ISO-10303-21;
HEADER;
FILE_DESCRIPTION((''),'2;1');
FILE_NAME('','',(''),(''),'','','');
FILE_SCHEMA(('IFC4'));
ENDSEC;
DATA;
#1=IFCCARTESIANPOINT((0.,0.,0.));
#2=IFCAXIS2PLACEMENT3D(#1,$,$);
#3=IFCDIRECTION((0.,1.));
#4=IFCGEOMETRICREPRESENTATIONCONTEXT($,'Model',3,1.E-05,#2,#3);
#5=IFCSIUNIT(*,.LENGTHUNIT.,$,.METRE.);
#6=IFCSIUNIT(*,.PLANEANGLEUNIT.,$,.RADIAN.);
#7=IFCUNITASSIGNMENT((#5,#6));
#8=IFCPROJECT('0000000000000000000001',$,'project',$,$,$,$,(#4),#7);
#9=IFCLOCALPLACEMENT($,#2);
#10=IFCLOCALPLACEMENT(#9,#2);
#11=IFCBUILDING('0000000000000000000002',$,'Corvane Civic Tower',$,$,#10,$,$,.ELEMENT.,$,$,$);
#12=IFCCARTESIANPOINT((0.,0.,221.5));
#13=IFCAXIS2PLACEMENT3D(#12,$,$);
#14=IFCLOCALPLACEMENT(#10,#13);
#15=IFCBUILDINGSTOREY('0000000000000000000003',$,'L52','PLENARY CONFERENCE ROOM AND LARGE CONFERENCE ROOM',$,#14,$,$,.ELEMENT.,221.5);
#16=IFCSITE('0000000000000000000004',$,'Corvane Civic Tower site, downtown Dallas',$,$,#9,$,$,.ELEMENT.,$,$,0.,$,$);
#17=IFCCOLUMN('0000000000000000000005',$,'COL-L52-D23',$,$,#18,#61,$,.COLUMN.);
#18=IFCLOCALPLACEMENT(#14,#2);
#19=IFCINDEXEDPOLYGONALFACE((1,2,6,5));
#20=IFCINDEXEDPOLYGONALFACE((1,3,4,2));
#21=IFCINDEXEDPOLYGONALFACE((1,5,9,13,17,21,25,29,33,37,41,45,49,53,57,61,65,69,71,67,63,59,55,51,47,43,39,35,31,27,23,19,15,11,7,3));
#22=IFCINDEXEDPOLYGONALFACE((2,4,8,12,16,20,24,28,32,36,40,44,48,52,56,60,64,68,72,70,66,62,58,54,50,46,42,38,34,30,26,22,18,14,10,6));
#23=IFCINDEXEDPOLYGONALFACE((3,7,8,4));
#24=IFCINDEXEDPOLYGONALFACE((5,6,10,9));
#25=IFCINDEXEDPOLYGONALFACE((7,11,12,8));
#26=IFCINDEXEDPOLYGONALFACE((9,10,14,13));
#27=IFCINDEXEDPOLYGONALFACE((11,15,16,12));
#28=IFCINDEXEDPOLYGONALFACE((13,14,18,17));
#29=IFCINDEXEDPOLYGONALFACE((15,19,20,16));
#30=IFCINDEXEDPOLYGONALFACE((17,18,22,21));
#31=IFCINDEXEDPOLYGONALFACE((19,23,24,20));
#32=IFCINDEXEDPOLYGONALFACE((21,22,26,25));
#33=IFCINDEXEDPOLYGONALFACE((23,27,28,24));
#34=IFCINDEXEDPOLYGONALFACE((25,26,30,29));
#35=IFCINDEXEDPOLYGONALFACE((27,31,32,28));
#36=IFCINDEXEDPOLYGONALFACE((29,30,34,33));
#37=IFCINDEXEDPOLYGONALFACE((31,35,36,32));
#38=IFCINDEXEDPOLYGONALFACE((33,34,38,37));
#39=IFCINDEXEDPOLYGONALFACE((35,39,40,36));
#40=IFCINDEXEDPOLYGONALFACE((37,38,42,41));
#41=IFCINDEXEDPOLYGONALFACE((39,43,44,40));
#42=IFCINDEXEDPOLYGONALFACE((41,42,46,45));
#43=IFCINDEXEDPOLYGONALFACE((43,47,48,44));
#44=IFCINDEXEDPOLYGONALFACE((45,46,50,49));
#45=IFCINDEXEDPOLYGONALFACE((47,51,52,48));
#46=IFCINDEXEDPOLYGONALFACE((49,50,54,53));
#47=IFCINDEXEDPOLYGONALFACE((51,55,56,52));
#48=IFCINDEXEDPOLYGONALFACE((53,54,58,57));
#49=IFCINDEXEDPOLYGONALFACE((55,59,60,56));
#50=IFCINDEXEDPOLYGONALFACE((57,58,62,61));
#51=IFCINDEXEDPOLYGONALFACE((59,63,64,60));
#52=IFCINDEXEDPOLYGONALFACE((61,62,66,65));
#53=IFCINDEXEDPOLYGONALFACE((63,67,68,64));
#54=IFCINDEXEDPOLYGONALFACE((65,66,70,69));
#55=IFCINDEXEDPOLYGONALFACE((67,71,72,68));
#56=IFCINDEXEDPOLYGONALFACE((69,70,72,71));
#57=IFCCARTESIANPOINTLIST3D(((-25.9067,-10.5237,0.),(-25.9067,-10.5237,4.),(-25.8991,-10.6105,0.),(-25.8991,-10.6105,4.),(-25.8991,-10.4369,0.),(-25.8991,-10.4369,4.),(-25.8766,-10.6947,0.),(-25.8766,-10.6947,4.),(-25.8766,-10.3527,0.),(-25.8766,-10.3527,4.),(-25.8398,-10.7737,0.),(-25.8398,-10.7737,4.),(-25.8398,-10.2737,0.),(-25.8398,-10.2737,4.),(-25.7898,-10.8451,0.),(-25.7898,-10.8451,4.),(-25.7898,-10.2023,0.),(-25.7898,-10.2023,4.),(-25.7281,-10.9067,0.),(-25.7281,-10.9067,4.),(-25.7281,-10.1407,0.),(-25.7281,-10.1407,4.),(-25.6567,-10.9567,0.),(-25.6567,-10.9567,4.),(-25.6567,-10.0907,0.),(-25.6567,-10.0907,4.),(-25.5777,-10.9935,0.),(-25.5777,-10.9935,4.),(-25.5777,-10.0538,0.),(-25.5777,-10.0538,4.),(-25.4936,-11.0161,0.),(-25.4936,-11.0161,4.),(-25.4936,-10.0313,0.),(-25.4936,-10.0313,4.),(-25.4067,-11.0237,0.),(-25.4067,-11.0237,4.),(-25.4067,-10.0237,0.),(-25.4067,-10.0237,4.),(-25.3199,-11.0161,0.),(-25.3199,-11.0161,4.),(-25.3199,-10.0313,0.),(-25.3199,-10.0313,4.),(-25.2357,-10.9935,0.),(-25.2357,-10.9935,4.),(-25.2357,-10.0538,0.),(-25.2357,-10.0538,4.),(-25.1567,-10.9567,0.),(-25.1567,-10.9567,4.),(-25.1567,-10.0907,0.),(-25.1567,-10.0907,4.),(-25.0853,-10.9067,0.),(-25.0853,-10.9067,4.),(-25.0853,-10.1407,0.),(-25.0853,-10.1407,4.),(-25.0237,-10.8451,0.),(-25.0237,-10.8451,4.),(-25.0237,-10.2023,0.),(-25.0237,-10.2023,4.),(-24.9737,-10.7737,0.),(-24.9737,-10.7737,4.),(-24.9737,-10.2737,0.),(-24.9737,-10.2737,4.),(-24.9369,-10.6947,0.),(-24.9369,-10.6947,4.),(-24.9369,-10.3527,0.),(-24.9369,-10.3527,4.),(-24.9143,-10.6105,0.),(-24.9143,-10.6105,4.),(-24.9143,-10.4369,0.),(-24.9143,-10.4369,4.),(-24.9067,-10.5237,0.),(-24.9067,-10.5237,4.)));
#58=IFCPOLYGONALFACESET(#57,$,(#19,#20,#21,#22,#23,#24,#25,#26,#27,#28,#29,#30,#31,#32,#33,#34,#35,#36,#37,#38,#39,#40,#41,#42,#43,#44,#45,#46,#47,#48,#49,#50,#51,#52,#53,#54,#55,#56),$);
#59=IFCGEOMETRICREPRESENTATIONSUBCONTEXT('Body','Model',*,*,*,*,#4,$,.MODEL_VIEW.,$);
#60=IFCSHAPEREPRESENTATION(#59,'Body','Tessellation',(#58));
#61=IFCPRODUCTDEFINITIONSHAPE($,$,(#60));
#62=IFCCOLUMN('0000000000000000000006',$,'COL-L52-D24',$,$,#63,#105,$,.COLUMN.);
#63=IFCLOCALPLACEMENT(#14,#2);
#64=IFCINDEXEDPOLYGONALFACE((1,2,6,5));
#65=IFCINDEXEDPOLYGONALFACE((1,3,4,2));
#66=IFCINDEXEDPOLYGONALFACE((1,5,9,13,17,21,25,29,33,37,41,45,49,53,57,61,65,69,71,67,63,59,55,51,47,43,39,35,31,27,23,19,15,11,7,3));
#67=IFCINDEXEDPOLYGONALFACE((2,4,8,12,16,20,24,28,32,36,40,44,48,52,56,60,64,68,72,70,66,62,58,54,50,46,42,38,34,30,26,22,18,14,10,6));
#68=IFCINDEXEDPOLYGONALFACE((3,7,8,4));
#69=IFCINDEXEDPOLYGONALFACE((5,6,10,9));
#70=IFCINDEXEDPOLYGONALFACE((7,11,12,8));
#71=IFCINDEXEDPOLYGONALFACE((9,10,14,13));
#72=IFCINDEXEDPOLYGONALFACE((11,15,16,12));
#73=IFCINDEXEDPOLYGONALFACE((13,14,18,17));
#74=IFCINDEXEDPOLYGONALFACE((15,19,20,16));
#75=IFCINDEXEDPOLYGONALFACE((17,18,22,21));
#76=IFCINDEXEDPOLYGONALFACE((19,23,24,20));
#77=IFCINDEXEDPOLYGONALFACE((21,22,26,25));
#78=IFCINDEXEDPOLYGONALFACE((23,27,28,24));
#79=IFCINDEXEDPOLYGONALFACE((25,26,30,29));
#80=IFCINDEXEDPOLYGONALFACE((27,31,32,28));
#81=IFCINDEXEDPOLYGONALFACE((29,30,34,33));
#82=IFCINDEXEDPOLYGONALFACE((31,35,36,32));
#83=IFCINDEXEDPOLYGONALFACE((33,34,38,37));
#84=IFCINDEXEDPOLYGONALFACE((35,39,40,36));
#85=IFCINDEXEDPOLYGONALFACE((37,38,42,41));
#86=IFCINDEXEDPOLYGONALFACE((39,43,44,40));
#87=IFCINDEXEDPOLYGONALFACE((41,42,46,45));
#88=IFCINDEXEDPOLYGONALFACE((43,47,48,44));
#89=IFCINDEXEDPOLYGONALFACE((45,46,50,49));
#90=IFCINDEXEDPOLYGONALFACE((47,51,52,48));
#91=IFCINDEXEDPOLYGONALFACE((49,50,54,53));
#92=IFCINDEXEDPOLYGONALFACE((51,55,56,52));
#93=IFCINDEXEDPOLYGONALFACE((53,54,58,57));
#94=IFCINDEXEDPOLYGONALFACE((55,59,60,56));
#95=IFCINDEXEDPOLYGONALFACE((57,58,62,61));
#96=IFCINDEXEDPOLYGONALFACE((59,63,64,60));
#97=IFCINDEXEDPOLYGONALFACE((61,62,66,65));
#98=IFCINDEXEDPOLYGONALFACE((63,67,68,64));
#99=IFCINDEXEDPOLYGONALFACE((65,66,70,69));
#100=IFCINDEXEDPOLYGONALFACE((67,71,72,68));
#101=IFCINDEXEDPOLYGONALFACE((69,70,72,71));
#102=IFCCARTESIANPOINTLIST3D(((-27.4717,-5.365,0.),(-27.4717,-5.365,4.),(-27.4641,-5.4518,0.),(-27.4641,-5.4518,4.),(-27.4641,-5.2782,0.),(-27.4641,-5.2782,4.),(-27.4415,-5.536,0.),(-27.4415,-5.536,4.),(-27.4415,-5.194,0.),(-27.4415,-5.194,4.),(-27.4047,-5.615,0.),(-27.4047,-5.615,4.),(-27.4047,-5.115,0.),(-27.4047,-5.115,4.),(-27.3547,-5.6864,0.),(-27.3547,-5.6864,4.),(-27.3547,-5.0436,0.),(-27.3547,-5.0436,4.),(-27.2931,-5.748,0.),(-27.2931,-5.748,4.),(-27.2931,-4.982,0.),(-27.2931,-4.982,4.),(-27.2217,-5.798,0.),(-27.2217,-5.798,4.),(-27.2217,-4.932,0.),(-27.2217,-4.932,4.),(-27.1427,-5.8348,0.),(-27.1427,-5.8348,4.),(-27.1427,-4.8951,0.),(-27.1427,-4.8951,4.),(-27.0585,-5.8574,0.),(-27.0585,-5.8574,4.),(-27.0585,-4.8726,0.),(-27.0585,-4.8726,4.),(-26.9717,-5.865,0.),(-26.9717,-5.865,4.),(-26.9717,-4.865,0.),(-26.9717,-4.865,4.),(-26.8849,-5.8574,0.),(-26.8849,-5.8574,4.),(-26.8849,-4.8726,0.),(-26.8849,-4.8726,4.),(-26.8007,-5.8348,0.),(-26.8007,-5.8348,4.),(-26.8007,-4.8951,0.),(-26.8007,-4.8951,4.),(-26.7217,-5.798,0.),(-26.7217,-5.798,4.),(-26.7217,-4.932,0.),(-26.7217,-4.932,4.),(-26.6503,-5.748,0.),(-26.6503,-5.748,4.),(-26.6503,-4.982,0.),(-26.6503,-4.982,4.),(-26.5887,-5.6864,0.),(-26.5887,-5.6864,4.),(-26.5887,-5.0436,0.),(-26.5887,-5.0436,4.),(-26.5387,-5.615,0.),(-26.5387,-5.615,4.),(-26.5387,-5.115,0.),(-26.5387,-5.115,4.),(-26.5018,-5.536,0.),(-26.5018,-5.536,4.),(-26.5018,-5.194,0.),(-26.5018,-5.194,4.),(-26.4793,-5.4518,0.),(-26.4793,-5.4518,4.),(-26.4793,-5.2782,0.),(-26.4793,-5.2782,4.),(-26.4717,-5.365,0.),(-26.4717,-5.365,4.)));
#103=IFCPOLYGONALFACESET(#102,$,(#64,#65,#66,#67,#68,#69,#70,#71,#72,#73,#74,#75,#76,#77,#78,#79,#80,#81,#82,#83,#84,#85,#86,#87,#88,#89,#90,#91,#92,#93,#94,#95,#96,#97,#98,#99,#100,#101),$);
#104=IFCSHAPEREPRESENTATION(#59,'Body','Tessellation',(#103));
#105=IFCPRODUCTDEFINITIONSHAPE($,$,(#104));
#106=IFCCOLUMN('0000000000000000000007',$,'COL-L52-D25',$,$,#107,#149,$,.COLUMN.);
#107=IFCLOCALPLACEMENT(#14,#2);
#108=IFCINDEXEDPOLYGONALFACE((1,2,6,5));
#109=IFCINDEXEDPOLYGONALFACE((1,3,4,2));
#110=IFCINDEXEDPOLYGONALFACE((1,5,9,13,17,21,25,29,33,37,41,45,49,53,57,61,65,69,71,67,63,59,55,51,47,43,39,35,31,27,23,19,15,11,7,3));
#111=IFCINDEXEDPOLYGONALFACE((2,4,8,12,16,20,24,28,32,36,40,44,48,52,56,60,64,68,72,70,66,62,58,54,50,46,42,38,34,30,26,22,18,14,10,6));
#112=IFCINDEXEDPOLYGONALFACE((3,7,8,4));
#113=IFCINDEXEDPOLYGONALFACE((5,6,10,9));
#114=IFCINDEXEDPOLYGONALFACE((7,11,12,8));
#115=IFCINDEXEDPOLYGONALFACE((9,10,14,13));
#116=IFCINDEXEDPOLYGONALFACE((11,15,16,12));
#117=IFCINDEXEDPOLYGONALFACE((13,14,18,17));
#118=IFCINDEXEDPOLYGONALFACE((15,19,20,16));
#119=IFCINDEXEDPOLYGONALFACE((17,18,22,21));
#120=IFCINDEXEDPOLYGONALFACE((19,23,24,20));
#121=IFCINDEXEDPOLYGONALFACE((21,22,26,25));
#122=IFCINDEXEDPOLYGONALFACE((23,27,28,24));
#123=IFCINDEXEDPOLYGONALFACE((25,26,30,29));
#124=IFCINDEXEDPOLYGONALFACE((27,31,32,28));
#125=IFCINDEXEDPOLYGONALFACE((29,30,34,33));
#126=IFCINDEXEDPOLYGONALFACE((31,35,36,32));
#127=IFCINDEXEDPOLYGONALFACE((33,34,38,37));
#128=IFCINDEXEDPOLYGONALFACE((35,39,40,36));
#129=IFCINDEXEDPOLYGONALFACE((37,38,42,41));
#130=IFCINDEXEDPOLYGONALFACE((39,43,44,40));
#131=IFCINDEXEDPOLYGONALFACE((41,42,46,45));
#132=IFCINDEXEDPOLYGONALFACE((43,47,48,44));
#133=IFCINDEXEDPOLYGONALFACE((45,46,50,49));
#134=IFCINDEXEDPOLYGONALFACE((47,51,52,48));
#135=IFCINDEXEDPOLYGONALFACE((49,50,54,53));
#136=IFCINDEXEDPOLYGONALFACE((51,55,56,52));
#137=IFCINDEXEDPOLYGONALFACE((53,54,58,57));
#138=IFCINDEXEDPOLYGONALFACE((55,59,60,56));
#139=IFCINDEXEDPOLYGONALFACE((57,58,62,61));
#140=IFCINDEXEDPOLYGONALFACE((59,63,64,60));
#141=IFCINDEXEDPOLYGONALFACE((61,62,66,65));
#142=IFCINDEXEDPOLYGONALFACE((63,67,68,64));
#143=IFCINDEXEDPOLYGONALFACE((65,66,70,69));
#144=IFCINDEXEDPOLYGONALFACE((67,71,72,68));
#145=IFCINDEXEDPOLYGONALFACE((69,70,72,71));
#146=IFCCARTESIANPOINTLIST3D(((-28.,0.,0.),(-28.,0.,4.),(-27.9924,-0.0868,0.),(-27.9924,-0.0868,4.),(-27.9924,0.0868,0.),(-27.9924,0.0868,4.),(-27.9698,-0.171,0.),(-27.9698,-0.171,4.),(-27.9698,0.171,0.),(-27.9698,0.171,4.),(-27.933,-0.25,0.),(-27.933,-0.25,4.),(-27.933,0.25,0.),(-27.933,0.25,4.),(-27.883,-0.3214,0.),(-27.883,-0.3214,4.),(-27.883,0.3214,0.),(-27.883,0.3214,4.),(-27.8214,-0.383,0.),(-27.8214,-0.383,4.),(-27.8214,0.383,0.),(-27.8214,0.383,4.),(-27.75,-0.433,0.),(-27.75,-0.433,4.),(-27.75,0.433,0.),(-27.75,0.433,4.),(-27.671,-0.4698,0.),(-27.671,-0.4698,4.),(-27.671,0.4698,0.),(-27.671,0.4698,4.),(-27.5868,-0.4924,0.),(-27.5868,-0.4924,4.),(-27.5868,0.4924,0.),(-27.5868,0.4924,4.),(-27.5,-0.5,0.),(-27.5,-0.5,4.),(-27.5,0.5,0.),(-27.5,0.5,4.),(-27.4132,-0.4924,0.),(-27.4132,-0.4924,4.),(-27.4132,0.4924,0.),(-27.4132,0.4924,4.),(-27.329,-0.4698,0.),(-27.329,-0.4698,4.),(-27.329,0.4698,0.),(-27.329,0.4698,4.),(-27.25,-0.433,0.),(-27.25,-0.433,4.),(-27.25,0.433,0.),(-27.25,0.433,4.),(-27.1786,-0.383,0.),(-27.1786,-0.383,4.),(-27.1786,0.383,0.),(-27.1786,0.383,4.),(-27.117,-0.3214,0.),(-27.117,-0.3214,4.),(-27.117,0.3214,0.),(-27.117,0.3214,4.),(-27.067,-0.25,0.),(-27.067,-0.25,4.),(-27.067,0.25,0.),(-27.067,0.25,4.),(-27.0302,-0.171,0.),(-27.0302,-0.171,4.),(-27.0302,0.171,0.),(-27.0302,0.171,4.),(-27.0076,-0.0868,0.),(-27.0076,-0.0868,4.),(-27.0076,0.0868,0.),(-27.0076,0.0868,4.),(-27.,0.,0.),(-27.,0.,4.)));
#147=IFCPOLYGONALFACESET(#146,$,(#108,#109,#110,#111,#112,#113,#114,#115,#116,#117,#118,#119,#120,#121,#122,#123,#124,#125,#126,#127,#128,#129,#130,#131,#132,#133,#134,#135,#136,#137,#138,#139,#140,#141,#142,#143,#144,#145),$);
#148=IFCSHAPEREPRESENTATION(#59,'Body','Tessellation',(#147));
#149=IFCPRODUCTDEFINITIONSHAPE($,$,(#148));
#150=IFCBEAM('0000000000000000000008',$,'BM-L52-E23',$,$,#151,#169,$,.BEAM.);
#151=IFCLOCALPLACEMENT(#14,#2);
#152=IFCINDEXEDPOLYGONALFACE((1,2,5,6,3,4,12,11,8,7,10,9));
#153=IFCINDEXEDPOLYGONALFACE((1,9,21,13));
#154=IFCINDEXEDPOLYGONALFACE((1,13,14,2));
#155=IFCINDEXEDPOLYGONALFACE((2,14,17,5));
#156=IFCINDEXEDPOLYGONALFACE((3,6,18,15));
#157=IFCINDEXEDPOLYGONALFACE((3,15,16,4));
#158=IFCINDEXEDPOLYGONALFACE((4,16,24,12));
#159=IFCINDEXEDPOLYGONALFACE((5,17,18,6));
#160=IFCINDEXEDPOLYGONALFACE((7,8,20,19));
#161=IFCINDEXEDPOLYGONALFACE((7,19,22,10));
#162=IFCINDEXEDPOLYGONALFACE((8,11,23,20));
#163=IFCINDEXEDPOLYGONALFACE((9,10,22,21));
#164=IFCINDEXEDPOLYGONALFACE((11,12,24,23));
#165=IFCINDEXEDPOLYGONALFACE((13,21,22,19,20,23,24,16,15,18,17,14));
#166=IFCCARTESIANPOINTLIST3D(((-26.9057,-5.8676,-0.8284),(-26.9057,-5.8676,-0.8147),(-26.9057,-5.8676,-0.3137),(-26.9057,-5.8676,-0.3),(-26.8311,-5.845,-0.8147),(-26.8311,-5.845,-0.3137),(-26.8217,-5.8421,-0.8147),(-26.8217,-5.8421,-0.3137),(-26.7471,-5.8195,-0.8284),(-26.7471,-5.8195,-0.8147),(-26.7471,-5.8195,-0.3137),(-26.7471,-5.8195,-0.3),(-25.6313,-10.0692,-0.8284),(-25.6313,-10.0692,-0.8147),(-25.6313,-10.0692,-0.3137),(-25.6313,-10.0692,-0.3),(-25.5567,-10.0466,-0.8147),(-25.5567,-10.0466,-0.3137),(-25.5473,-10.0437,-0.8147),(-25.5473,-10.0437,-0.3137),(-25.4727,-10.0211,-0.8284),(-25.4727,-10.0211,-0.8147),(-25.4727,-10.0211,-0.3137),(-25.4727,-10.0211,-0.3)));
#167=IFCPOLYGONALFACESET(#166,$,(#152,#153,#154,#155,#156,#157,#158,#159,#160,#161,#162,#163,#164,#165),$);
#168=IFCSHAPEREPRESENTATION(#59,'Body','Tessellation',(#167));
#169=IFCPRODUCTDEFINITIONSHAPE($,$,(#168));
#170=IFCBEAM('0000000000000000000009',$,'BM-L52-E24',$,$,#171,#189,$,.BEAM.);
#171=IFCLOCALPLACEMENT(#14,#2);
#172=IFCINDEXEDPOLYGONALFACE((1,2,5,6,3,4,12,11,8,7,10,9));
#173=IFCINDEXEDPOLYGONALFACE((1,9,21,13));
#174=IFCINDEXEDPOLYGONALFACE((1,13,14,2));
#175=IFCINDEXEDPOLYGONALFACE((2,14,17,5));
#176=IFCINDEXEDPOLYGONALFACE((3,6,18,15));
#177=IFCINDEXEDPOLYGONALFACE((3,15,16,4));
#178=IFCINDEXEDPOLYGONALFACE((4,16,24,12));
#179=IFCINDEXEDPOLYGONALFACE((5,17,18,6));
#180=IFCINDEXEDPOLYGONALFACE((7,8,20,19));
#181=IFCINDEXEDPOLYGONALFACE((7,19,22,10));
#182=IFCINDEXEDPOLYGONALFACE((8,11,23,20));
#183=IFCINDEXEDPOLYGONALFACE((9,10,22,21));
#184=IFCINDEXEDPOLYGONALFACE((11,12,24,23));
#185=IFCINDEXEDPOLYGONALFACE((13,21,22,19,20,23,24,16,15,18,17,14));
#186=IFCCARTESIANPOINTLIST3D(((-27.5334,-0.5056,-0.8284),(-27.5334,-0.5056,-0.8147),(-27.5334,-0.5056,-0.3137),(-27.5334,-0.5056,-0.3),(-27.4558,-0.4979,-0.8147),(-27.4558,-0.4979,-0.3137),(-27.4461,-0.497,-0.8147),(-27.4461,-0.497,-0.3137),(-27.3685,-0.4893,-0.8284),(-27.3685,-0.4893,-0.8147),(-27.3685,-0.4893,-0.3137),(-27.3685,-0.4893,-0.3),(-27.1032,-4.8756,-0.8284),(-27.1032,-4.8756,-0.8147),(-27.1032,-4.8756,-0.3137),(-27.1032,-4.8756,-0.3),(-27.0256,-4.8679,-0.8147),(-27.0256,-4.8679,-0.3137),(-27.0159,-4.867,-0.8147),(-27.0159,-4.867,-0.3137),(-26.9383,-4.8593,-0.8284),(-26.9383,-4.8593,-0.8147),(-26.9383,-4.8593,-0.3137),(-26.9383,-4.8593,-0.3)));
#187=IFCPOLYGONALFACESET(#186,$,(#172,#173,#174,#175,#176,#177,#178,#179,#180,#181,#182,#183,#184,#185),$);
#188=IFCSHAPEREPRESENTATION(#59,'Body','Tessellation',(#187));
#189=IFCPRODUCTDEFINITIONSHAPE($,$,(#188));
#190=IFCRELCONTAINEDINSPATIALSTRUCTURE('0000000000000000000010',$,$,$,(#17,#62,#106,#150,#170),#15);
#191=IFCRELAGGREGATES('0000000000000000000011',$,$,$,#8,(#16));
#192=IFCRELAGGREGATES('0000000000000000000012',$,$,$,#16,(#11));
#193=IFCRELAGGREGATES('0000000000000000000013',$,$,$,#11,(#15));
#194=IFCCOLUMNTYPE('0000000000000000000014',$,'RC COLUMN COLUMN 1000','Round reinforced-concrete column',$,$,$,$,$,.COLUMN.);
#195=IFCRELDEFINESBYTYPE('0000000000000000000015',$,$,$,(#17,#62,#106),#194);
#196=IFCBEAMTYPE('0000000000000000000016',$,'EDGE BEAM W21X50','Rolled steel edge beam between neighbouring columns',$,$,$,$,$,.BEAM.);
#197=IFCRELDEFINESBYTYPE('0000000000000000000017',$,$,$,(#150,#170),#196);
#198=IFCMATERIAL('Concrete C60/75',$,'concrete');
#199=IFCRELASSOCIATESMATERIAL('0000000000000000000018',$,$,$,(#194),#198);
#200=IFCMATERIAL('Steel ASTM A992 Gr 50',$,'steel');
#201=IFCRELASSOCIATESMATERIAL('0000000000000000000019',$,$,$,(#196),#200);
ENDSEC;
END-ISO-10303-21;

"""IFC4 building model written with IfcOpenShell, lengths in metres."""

from ifc_helpers import new_model, si_unit, direction, frame, origin, origin_2d, place, context, subcontext, project, spatial, circle, i_section, extrude, material, material_profile, profile_set, type_object, element, save


model = new_model("IFC4")

# Units and contexts
model_context = context("Model", 3, precision=1e-05, world=origin(), true_north=direction((0.0, 1.0)))
body_context = subcontext(model_context, "Body", "Model", "MODEL_VIEW")
ifc_project = project(units=[si_unit("LENGTHUNIT", "METRE"), si_unit("PLANEANGLEUNIT", "RADIAN")], contexts=[model_context])

# Site, building, storey
site_placement = place(None, origin())
site = spatial("IfcSite", under=ifc_project, at=site_placement, Name="Corvane Civic Tower site, downtown Dallas", CompositionType="ELEMENT", RefElevation=0.0)
building_placement = place(site_placement, origin())
building = spatial("IfcBuilding", under=site, at=building_placement, Name="Corvane Civic Tower", CompositionType="ELEMENT")
storey_placement = place(building_placement, frame((0.0, 0.0, 221.5)))
storey = spatial("IfcBuildingStorey", under=building, at=storey_placement, Name="L52", Description="PLENARY CONFERENCE ROOM AND LARGE CONFERENCE ROOM", CompositionType="ELEMENT", Elevation=221.5)

# Columns
ifc_material_1 = material(Name="Concrete C60/75", Category="concrete")
ifc_material_profile_1 = material_profile(ifc_material_1, circle(Radius=0.5, at=origin_2d()), Name="COLUMN 1000")
ifc_profile_set_1 = profile_set([ifc_material_profile_1], Name="Concrete C60/75")
column_type = type_object("IfcColumnType", Name="RC COLUMN COLUMN 1000", Description="Round reinforced-concrete column", PredefinedType="COLUMN", material=ifc_profile_set_1)
for number, where, z_axis, x_axis, name in (
    (1, (-25.4067, -10.5237, 0.0), (0.0, 0.0, 1.0), (1.0, 0.0, 0.0), "COL-L52-D23"),
    (2, (-26.9717, -5.365, 0.0), (0.0, 0.0, 1.0), (1.0, 0.0, 0.0), "COL-L52-D24"),
    (3, (-27.5, 0.0, 0.0), (0.0, 0.0, 1.0), (1.0, 0.0, 0.0), "COL-L52-D25"),
):
    element("IfcColumn", number, at=place(storey_placement, frame(where, z_axis=z_axis, x_axis=x_axis)), inside=storey, type_object=column_type, Name=name, PredefinedType="COLUMN", context=body_context, shape_type="SweptSolid", body=[
        extrude(circle(Radius=0.5, at=origin_2d()), origin(), (0.0, 0.0, 1.0), 4.0),
    ])

# Beams
ifc_material_2 = material(Name="Steel ASTM A992 Gr 50", Category="steel")
ifc_material_profile_2 = material_profile(ifc_material_2, i_section(OverallWidth=0.1658, OverallDepth=0.5283, WebThickness=0.0098, FlangeThickness=0.0137, at=origin_2d()), Name="W21X50")
ifc_profile_set_2 = profile_set([ifc_material_profile_2], Name="Steel ASTM A992 Gr 50")
beam_type_1 = type_object("IfcBeamType", Name="EDGE BEAM W21X50", Description="Rolled steel edge beam between neighbouring columns", PredefinedType="BEAM", material=ifc_profile_set_2)
beam_1_placement = place(storey_placement, frame((-25.552, -10.0452, -0.5642), z_axis=(-0.290254, 0.95695, 0.0), x_axis=(-0.95695, -0.290254, 0.0)))
element("IfcBeam", 4, at=beam_1_placement, inside=storey, type_object=beam_type_1, Name="BM-L52-E23", PredefinedType="BEAM", context=body_context, shape_type="SweptSolid", body=[
    extrude(i_section(OverallWidth=0.1658, OverallDepth=0.5283, WebThickness=0.0098, FlangeThickness=0.0137, at=origin_2d()), origin(), (0.0, 0.0, 1.0), 4.3906),
])
beam_2_placement = place(storey_placement, frame((-27.0208, -4.8674, -0.5642), z_axis=(-0.097968, 0.99519, 0.0), x_axis=(-0.99519, -0.097968, 0.0)))
element("IfcBeam", 5, at=beam_2_placement, inside=storey, type_object=beam_type_1, Name="BM-L52-E24", PredefinedType="BEAM", context=body_context, shape_type="SweptSolid", body=[
    extrude(i_section(OverallWidth=0.1658, OverallDepth=0.5283, WebThickness=0.0098, FlangeThickness=0.0137, at=origin_2d()), origin(), (0.0, 0.0, 1.0), 4.3911),
])

save(model, "model.ifc")
